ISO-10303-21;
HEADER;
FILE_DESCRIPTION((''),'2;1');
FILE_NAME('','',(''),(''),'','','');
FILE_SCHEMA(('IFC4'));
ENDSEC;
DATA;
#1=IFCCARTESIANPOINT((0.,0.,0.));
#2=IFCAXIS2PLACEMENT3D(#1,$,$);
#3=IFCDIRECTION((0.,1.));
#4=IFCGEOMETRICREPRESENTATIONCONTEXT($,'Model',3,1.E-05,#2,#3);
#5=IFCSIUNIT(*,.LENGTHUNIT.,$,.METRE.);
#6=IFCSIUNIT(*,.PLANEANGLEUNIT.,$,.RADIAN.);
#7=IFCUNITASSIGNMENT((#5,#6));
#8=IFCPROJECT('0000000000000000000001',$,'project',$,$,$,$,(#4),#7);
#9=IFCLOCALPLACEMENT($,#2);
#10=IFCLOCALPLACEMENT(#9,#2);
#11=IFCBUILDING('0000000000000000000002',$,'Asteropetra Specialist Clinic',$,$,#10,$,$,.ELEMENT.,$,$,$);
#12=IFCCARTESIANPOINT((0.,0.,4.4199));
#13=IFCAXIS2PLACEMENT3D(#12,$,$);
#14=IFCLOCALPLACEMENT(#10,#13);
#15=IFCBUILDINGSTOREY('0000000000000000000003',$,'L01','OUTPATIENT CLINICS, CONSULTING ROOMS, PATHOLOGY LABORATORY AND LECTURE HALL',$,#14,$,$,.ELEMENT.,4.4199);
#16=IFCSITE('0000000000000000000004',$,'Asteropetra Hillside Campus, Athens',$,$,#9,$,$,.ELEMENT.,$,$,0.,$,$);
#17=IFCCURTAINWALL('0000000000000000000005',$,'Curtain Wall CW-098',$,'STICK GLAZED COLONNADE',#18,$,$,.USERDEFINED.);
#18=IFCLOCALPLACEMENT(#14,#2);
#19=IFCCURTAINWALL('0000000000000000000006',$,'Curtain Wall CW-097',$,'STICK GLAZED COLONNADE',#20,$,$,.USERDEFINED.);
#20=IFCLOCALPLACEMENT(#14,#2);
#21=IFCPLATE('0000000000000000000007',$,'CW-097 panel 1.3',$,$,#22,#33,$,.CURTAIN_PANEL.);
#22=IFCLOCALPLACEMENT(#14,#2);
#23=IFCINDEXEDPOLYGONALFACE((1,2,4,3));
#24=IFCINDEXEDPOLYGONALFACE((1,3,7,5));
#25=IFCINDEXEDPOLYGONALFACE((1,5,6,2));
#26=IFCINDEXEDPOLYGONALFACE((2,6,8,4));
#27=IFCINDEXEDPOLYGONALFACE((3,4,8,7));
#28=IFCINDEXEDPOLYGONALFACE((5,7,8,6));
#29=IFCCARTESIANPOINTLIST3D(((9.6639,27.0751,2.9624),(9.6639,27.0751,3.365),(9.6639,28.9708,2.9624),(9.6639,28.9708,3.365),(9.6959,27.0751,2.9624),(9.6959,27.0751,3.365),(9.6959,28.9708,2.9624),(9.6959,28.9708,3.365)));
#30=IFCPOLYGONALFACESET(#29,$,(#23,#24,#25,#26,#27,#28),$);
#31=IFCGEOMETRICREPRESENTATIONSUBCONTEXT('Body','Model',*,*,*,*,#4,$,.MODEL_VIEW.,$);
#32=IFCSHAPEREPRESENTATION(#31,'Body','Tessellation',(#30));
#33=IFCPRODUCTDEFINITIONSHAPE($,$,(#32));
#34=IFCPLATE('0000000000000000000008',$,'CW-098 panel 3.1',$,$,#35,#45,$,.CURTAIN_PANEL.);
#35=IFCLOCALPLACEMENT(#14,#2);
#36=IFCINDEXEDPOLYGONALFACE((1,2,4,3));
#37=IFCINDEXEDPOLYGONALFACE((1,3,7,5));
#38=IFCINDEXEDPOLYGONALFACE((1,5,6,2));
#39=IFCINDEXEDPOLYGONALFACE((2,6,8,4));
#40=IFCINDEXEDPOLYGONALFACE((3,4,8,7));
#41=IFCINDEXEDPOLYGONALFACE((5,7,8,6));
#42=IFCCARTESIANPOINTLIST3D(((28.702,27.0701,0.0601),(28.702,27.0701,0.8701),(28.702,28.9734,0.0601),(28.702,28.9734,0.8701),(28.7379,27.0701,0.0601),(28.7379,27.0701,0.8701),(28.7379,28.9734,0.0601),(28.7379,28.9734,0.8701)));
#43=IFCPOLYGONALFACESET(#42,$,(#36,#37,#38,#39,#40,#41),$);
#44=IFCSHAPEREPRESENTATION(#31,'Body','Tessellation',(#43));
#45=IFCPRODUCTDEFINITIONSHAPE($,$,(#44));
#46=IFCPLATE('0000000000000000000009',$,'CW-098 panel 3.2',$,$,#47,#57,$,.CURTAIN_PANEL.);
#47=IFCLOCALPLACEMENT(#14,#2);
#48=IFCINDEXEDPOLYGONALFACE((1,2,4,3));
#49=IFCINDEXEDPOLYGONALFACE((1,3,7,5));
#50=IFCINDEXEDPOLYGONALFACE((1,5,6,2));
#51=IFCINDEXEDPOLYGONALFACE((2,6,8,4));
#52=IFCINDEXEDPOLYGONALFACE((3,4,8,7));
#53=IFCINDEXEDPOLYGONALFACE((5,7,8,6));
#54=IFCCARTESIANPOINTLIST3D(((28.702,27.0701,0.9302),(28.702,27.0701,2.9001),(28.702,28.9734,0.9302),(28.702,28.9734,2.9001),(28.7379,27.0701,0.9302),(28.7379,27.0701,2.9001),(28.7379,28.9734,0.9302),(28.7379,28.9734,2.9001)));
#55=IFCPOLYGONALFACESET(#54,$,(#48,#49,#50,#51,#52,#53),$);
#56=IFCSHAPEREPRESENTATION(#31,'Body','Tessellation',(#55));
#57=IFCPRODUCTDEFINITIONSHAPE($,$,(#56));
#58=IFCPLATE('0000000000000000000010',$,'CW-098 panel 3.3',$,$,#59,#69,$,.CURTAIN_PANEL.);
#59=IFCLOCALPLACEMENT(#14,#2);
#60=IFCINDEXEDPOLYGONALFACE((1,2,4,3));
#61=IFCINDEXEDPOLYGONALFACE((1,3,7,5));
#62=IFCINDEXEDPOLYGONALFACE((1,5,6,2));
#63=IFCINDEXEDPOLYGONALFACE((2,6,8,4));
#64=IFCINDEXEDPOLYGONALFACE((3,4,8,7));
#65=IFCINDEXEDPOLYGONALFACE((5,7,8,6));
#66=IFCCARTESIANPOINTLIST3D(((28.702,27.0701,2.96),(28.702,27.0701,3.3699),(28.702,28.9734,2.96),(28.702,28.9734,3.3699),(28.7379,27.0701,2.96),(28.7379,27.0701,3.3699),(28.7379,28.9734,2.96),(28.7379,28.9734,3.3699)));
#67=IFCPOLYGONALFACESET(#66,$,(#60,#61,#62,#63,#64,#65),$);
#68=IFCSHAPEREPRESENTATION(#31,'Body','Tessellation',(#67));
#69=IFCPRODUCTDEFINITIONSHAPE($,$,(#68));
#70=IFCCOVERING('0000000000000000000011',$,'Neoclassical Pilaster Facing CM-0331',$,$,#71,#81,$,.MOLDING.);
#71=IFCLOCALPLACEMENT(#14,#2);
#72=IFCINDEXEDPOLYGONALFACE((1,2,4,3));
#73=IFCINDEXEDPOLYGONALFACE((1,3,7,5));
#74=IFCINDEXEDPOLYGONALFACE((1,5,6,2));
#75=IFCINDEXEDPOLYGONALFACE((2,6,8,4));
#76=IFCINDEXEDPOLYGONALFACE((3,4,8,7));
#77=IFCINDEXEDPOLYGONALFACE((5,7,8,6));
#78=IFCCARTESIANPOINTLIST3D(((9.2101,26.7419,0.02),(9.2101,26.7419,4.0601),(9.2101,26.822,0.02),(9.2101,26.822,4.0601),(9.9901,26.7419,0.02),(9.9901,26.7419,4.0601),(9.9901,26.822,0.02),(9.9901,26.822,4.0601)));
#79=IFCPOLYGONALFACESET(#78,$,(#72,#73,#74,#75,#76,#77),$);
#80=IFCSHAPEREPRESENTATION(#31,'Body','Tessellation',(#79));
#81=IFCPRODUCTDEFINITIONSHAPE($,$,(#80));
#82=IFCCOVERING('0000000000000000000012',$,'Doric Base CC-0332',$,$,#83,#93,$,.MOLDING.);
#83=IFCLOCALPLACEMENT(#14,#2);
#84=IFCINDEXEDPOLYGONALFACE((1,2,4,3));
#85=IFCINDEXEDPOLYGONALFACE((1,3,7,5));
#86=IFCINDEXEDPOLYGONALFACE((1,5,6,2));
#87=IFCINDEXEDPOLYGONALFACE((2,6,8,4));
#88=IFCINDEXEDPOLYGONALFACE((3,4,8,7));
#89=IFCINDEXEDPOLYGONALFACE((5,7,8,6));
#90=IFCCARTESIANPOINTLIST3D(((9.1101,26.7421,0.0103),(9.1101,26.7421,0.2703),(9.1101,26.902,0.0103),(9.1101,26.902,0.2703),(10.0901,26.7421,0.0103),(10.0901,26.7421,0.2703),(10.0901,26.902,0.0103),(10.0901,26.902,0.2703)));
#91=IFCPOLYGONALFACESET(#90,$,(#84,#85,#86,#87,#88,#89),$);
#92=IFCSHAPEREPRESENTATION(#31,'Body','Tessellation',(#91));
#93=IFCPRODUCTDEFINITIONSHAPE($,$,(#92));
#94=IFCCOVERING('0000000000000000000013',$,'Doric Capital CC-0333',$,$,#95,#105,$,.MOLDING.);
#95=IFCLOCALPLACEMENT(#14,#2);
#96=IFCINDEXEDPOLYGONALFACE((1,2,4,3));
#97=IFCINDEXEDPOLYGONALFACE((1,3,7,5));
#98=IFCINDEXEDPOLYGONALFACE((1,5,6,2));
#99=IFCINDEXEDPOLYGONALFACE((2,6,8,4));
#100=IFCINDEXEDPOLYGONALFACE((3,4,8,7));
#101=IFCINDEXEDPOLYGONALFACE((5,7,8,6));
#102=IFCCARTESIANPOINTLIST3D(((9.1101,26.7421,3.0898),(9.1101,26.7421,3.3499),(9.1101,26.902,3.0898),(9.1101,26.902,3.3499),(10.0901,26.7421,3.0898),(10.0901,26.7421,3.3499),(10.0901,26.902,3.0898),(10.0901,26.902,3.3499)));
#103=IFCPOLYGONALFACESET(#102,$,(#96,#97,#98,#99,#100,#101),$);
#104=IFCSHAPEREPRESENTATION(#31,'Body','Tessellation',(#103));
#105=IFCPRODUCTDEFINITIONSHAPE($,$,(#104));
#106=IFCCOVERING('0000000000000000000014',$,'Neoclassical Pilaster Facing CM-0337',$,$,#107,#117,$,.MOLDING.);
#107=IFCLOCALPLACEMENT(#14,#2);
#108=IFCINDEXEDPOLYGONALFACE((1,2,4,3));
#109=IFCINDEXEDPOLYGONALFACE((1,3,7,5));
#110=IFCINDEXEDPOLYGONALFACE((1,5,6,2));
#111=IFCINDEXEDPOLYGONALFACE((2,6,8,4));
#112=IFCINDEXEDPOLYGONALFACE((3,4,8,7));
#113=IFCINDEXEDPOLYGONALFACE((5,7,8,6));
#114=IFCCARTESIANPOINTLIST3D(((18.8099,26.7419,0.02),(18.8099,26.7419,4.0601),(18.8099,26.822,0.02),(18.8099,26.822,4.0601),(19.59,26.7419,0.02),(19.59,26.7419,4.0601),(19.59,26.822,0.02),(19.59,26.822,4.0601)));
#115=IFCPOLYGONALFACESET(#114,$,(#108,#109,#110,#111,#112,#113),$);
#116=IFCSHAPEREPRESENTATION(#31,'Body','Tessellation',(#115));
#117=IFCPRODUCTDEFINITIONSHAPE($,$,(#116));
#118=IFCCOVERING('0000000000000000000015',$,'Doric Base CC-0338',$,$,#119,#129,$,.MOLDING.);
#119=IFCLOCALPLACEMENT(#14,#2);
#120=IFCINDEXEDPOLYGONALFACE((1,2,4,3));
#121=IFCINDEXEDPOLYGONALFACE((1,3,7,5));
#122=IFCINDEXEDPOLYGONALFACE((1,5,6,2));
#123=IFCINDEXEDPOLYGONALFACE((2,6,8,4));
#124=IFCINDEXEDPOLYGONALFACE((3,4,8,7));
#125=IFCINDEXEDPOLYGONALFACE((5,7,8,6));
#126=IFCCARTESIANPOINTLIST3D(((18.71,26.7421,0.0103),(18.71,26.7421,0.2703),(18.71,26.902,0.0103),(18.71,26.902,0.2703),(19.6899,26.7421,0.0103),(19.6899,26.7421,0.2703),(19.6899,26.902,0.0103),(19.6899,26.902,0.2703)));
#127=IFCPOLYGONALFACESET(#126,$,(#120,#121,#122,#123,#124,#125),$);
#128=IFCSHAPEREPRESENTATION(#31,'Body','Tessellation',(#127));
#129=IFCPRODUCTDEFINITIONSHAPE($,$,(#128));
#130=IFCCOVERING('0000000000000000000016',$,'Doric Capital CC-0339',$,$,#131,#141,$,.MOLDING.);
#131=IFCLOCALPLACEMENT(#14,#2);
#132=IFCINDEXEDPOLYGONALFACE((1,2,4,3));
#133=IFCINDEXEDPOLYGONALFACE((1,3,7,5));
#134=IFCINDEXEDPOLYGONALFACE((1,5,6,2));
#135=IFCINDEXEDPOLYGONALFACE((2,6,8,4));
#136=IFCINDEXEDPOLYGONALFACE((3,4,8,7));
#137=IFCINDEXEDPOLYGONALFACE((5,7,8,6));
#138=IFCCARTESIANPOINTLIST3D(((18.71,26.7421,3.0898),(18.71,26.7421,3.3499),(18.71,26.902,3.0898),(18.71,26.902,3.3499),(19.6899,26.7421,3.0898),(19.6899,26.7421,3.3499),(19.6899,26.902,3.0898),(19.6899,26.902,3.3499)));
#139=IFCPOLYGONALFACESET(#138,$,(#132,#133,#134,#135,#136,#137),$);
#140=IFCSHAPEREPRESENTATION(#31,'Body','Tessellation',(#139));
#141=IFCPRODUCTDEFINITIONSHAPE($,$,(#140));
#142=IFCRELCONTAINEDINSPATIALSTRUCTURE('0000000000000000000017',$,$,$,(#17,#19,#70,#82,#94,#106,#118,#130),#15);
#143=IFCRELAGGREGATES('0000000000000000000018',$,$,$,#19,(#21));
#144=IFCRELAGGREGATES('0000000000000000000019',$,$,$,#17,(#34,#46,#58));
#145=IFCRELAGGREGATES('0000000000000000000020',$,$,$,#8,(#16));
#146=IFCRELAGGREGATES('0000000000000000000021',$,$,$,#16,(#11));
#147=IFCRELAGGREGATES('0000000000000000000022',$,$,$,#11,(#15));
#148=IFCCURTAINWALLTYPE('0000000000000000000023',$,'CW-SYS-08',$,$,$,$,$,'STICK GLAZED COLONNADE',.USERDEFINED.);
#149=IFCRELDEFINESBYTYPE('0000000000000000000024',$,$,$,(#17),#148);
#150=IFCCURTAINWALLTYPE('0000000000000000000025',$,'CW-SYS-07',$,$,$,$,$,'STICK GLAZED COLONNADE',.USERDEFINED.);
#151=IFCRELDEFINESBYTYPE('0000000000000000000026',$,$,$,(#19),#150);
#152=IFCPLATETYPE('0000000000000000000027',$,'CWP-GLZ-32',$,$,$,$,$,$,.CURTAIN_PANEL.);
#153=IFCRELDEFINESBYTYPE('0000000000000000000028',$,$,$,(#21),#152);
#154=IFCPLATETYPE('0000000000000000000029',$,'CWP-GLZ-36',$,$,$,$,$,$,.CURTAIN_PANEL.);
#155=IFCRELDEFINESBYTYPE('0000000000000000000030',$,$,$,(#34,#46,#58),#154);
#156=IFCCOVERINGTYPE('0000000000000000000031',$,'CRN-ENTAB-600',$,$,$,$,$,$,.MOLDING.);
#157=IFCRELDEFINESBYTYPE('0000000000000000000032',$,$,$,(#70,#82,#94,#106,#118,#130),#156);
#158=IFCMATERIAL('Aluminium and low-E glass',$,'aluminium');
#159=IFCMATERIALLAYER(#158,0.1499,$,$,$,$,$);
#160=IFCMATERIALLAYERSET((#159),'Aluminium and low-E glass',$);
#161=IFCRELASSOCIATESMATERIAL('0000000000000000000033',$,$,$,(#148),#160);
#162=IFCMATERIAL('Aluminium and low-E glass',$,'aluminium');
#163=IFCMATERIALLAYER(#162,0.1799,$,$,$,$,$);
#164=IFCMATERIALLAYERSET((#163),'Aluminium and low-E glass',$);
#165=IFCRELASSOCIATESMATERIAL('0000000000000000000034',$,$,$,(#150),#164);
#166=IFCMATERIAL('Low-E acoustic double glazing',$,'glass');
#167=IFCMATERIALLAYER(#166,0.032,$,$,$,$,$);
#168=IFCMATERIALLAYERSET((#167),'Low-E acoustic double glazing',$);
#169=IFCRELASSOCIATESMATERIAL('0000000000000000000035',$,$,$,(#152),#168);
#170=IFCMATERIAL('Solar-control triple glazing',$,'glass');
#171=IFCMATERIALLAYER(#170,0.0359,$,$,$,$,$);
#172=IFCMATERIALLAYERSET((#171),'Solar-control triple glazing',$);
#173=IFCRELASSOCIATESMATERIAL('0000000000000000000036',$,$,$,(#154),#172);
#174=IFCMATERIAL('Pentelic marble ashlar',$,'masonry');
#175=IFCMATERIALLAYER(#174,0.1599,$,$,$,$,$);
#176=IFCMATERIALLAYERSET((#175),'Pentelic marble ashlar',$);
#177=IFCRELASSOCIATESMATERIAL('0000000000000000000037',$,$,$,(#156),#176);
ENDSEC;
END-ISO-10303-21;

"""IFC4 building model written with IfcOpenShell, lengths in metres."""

from ifc_helpers import new_model, si_unit, direction, frame, origin, origin_2d, place, context, subcontext, project, spatial, rectangle, extrude, material, layer, layer_set, type_object, element, aggregate, save


model = new_model("IFC4")

# Units and contexts
model_context = context("Model", 3, precision=1e-05, world=origin(), true_north=direction((0.0, 1.0)))
body_context = subcontext(model_context, "Body", "Model", "MODEL_VIEW")
ifc_project = project(units=[si_unit("LENGTHUNIT", "METRE"), si_unit("PLANEANGLEUNIT", "RADIAN")], contexts=[model_context])

# Site, building, storey
site_placement = place(None, origin())
site = spatial("IfcSite", under=ifc_project, at=site_placement, Name="Asteropetra Hillside Campus, Athens", CompositionType="ELEMENT", RefElevation=0.0)
building_placement = place(site_placement, origin())
building = spatial("IfcBuilding", under=site, at=building_placement, Name="Asteropetra Specialist Clinic", CompositionType="ELEMENT")
storey_placement = place(building_placement, frame((0.0, 0.0, 4.4199)))
storey = spatial("IfcBuildingStorey", under=building, at=storey_placement, Name="L01", Description="OUTPATIENT CLINICS, CONSULTING ROOMS, PATHOLOGY LABORATORY AND LECTURE HALL", CompositionType="ELEMENT", Elevation=4.4199)

# Curtain wall
ifc_material_1 = material(Name="Aluminium and low-E glass", Category="aluminium")
ifc_layer_1 = layer(ifc_material_1, 0.1499)
ifc_layer_set_1 = layer_set([ifc_layer_1], Name="Aluminium and low-E glass")
curtain_wall_type_1 = type_object("IfcCurtainWallType", Name="CW-SYS-08", ElementType="STICK GLAZED COLONNADE", PredefinedType="USERDEFINED", material=ifc_layer_set_1)
curtain_wall_1_placement = place(storey_placement, origin())
curtain_wall_1 = element("IfcCurtainWall", 1, at=curtain_wall_1_placement, inside=storey, type_object=curtain_wall_type_1, Name="Curtain Wall CW-098", ObjectType="STICK GLAZED COLONNADE", PredefinedType="USERDEFINED")

# Curtain wall
ifc_material_2 = material(Name="Aluminium and low-E glass", Category="aluminium")
ifc_layer_2 = layer(ifc_material_2, 0.1799)
ifc_layer_set_2 = layer_set([ifc_layer_2], Name="Aluminium and low-E glass")
curtain_wall_type_2 = type_object("IfcCurtainWallType", Name="CW-SYS-07", ElementType="STICK GLAZED COLONNADE", PredefinedType="USERDEFINED", material=ifc_layer_set_2)
curtain_wall_2_placement = place(storey_placement, origin())
curtain_wall_2 = element("IfcCurtainWall", 2, at=curtain_wall_2_placement, inside=storey, type_object=curtain_wall_type_2, Name="Curtain Wall CW-097", ObjectType="STICK GLAZED COLONNADE", PredefinedType="USERDEFINED")

# Plates
ifc_material_3 = material(Name="Low-E acoustic double glazing", Category="glass")
ifc_layer_3 = layer(ifc_material_3, 0.032)
ifc_layer_set_3 = layer_set([ifc_layer_3], Name="Low-E acoustic double glazing")
plate_type_1 = type_object("IfcPlateType", Name="CWP-GLZ-32", PredefinedType="CURTAIN_PANEL", material=ifc_layer_set_3)
plate_1_placement = place(storey_placement, frame((9.6799, 28.0229, 2.9624), z_axis=(0.0, 0.0, 1.0), x_axis=(0.0, 1.0, 0.0)))
plate_1 = element("IfcPlate", 3, at=plate_1_placement, type_object=plate_type_1, Name="CW-097 panel 1.3", PredefinedType="CURTAIN_PANEL", context=body_context, shape_type="SweptSolid", body=[
    extrude(rectangle(XDim=1.8958, YDim=0.032, at=origin_2d()), origin(), (0.0, 0.0, 1.0), 0.4026),
])
aggregate(curtain_wall_2, [plate_1])
ifc_material_4 = material(Name="Solar-control triple glazing", Category="glass")
ifc_layer_4 = layer(ifc_material_4, 0.0359)
ifc_layer_set_4 = layer_set([ifc_layer_4], Name="Solar-control triple glazing")
plate_type_2 = type_object("IfcPlateType", Name="CWP-GLZ-36", PredefinedType="CURTAIN_PANEL", material=ifc_layer_set_4)
plate_2_placement = place(storey_placement, frame((28.72, 28.0217, 0.0601), z_axis=(0.0, 0.0, 1.0), x_axis=(0.0, -1.0, 0.0)))
plate_2 = element("IfcPlate", 4, at=plate_2_placement, type_object=plate_type_2, Name="CW-098 panel 3.1", PredefinedType="CURTAIN_PANEL", context=body_context, shape_type="SweptSolid", body=[
    extrude(rectangle(XDim=1.9033, YDim=0.0359, at=origin_2d()), origin(), (0.0, 0.0, 1.0), 0.8101),
])
plate_3_placement = place(storey_placement, frame((28.72, 28.0217, 0.9302), z_axis=(0.0, 0.0, 1.0), x_axis=(0.0, -1.0, 0.0)))
plate_3 = element("IfcPlate", 5, at=plate_3_placement, type_object=plate_type_2, Name="CW-098 panel 3.2", PredefinedType="CURTAIN_PANEL", context=body_context, shape_type="SweptSolid", body=[
    extrude(rectangle(XDim=1.9033, YDim=0.0359, at=origin_2d()), origin(), (0.0, 0.0, 1.0), 1.97),
])
plate_4_placement = place(storey_placement, frame((28.72, 28.0217, 2.96), z_axis=(0.0, 0.0, 1.0), x_axis=(0.0, -1.0, 0.0)))
plate_4 = element("IfcPlate", 6, at=plate_4_placement, type_object=plate_type_2, Name="CW-098 panel 3.3", PredefinedType="CURTAIN_PANEL", context=body_context, shape_type="SweptSolid", body=[
    extrude(rectangle(XDim=1.9033, YDim=0.0359, at=origin_2d()), origin(), (0.0, 0.0, 1.0), 0.4099),
])
aggregate(curtain_wall_1, [plate_2, plate_3, plate_4])

# Coverings
ifc_material_5 = material(Name="Pentelic marble ashlar", Category="masonry")
ifc_layer_5 = layer(ifc_material_5, 0.1599)
ifc_layer_set_5 = layer_set([ifc_layer_5], Name="Pentelic marble ashlar")
covering_type = type_object("IfcCoveringType", Name="CRN-ENTAB-600", PredefinedType="MOLDING", material=ifc_layer_set_5)
covering_1_placement = place(storey_placement, frame((9.6001, 26.782, 0.02), z_axis=(0.0, 0.0, 1.0), x_axis=(1.0, 0.0, 0.0)))
element("IfcCovering", 7, at=covering_1_placement, inside=storey, type_object=covering_type, Name="Neoclassical Pilaster Facing CM-0331", PredefinedType="MOLDING", context=body_context, shape_type="SweptSolid", body=[
    extrude(rectangle(XDim=0.78, YDim=0.0801, at=origin_2d()), origin(), (0.0, 0.0, 1.0), 4.04),
])
for number, where, z_axis, x_axis, name in (
    (8, (9.6001, 26.822, 0.0103), (0.0, 0.0, 1.0), (1.0, 0.0, 0.0), "Doric Base CC-0332"),
    (9, (9.6001, 26.822, 3.0898), (0.0, 0.0, 1.0), (1.0, 0.0, 0.0), "Doric Capital CC-0333"),
):
    element("IfcCovering", number, at=place(storey_placement, frame(where, z_axis=z_axis, x_axis=x_axis)), inside=storey, type_object=covering_type, Name=name, PredefinedType="MOLDING", context=body_context, shape_type="SweptSolid", body=[
        extrude(rectangle(XDim=0.98, YDim=0.1599, at=origin_2d()), origin(), (0.0, 0.0, 1.0), 0.26),
    ])
covering_2_placement = place(storey_placement, frame((19.2, 26.782, 0.02), z_axis=(0.0, 0.0, 1.0), x_axis=(1.0, 0.0, 0.0)))
element("IfcCovering", 10, at=covering_2_placement, inside=storey, type_object=covering_type, Name="Neoclassical Pilaster Facing CM-0337", PredefinedType="MOLDING", context=body_context, shape_type="SweptSolid", body=[
    extrude(rectangle(XDim=0.78, YDim=0.0801, at=origin_2d()), origin(), (0.0, 0.0, 1.0), 4.04),
])
for number, where, z_axis, x_axis, name in (
    (11, (19.2, 26.822, 0.0103), (0.0, 0.0, 1.0), (1.0, 0.0, 0.0), "Doric Base CC-0338"),
    (12, (19.2, 26.822, 3.0898), (0.0, 0.0, 1.0), (1.0, 0.0, 0.0), "Doric Capital CC-0339"),
):
    element("IfcCovering", number, at=place(storey_placement, frame(where, z_axis=z_axis, x_axis=x_axis)), inside=storey, type_object=covering_type, Name=name, PredefinedType="MOLDING", context=body_context, shape_type="SweptSolid", body=[
        extrude(rectangle(XDim=0.98, YDim=0.1599, at=origin_2d()), origin(), (0.0, 0.0, 1.0), 0.26),
    ])

save(model, "model.ifc")
